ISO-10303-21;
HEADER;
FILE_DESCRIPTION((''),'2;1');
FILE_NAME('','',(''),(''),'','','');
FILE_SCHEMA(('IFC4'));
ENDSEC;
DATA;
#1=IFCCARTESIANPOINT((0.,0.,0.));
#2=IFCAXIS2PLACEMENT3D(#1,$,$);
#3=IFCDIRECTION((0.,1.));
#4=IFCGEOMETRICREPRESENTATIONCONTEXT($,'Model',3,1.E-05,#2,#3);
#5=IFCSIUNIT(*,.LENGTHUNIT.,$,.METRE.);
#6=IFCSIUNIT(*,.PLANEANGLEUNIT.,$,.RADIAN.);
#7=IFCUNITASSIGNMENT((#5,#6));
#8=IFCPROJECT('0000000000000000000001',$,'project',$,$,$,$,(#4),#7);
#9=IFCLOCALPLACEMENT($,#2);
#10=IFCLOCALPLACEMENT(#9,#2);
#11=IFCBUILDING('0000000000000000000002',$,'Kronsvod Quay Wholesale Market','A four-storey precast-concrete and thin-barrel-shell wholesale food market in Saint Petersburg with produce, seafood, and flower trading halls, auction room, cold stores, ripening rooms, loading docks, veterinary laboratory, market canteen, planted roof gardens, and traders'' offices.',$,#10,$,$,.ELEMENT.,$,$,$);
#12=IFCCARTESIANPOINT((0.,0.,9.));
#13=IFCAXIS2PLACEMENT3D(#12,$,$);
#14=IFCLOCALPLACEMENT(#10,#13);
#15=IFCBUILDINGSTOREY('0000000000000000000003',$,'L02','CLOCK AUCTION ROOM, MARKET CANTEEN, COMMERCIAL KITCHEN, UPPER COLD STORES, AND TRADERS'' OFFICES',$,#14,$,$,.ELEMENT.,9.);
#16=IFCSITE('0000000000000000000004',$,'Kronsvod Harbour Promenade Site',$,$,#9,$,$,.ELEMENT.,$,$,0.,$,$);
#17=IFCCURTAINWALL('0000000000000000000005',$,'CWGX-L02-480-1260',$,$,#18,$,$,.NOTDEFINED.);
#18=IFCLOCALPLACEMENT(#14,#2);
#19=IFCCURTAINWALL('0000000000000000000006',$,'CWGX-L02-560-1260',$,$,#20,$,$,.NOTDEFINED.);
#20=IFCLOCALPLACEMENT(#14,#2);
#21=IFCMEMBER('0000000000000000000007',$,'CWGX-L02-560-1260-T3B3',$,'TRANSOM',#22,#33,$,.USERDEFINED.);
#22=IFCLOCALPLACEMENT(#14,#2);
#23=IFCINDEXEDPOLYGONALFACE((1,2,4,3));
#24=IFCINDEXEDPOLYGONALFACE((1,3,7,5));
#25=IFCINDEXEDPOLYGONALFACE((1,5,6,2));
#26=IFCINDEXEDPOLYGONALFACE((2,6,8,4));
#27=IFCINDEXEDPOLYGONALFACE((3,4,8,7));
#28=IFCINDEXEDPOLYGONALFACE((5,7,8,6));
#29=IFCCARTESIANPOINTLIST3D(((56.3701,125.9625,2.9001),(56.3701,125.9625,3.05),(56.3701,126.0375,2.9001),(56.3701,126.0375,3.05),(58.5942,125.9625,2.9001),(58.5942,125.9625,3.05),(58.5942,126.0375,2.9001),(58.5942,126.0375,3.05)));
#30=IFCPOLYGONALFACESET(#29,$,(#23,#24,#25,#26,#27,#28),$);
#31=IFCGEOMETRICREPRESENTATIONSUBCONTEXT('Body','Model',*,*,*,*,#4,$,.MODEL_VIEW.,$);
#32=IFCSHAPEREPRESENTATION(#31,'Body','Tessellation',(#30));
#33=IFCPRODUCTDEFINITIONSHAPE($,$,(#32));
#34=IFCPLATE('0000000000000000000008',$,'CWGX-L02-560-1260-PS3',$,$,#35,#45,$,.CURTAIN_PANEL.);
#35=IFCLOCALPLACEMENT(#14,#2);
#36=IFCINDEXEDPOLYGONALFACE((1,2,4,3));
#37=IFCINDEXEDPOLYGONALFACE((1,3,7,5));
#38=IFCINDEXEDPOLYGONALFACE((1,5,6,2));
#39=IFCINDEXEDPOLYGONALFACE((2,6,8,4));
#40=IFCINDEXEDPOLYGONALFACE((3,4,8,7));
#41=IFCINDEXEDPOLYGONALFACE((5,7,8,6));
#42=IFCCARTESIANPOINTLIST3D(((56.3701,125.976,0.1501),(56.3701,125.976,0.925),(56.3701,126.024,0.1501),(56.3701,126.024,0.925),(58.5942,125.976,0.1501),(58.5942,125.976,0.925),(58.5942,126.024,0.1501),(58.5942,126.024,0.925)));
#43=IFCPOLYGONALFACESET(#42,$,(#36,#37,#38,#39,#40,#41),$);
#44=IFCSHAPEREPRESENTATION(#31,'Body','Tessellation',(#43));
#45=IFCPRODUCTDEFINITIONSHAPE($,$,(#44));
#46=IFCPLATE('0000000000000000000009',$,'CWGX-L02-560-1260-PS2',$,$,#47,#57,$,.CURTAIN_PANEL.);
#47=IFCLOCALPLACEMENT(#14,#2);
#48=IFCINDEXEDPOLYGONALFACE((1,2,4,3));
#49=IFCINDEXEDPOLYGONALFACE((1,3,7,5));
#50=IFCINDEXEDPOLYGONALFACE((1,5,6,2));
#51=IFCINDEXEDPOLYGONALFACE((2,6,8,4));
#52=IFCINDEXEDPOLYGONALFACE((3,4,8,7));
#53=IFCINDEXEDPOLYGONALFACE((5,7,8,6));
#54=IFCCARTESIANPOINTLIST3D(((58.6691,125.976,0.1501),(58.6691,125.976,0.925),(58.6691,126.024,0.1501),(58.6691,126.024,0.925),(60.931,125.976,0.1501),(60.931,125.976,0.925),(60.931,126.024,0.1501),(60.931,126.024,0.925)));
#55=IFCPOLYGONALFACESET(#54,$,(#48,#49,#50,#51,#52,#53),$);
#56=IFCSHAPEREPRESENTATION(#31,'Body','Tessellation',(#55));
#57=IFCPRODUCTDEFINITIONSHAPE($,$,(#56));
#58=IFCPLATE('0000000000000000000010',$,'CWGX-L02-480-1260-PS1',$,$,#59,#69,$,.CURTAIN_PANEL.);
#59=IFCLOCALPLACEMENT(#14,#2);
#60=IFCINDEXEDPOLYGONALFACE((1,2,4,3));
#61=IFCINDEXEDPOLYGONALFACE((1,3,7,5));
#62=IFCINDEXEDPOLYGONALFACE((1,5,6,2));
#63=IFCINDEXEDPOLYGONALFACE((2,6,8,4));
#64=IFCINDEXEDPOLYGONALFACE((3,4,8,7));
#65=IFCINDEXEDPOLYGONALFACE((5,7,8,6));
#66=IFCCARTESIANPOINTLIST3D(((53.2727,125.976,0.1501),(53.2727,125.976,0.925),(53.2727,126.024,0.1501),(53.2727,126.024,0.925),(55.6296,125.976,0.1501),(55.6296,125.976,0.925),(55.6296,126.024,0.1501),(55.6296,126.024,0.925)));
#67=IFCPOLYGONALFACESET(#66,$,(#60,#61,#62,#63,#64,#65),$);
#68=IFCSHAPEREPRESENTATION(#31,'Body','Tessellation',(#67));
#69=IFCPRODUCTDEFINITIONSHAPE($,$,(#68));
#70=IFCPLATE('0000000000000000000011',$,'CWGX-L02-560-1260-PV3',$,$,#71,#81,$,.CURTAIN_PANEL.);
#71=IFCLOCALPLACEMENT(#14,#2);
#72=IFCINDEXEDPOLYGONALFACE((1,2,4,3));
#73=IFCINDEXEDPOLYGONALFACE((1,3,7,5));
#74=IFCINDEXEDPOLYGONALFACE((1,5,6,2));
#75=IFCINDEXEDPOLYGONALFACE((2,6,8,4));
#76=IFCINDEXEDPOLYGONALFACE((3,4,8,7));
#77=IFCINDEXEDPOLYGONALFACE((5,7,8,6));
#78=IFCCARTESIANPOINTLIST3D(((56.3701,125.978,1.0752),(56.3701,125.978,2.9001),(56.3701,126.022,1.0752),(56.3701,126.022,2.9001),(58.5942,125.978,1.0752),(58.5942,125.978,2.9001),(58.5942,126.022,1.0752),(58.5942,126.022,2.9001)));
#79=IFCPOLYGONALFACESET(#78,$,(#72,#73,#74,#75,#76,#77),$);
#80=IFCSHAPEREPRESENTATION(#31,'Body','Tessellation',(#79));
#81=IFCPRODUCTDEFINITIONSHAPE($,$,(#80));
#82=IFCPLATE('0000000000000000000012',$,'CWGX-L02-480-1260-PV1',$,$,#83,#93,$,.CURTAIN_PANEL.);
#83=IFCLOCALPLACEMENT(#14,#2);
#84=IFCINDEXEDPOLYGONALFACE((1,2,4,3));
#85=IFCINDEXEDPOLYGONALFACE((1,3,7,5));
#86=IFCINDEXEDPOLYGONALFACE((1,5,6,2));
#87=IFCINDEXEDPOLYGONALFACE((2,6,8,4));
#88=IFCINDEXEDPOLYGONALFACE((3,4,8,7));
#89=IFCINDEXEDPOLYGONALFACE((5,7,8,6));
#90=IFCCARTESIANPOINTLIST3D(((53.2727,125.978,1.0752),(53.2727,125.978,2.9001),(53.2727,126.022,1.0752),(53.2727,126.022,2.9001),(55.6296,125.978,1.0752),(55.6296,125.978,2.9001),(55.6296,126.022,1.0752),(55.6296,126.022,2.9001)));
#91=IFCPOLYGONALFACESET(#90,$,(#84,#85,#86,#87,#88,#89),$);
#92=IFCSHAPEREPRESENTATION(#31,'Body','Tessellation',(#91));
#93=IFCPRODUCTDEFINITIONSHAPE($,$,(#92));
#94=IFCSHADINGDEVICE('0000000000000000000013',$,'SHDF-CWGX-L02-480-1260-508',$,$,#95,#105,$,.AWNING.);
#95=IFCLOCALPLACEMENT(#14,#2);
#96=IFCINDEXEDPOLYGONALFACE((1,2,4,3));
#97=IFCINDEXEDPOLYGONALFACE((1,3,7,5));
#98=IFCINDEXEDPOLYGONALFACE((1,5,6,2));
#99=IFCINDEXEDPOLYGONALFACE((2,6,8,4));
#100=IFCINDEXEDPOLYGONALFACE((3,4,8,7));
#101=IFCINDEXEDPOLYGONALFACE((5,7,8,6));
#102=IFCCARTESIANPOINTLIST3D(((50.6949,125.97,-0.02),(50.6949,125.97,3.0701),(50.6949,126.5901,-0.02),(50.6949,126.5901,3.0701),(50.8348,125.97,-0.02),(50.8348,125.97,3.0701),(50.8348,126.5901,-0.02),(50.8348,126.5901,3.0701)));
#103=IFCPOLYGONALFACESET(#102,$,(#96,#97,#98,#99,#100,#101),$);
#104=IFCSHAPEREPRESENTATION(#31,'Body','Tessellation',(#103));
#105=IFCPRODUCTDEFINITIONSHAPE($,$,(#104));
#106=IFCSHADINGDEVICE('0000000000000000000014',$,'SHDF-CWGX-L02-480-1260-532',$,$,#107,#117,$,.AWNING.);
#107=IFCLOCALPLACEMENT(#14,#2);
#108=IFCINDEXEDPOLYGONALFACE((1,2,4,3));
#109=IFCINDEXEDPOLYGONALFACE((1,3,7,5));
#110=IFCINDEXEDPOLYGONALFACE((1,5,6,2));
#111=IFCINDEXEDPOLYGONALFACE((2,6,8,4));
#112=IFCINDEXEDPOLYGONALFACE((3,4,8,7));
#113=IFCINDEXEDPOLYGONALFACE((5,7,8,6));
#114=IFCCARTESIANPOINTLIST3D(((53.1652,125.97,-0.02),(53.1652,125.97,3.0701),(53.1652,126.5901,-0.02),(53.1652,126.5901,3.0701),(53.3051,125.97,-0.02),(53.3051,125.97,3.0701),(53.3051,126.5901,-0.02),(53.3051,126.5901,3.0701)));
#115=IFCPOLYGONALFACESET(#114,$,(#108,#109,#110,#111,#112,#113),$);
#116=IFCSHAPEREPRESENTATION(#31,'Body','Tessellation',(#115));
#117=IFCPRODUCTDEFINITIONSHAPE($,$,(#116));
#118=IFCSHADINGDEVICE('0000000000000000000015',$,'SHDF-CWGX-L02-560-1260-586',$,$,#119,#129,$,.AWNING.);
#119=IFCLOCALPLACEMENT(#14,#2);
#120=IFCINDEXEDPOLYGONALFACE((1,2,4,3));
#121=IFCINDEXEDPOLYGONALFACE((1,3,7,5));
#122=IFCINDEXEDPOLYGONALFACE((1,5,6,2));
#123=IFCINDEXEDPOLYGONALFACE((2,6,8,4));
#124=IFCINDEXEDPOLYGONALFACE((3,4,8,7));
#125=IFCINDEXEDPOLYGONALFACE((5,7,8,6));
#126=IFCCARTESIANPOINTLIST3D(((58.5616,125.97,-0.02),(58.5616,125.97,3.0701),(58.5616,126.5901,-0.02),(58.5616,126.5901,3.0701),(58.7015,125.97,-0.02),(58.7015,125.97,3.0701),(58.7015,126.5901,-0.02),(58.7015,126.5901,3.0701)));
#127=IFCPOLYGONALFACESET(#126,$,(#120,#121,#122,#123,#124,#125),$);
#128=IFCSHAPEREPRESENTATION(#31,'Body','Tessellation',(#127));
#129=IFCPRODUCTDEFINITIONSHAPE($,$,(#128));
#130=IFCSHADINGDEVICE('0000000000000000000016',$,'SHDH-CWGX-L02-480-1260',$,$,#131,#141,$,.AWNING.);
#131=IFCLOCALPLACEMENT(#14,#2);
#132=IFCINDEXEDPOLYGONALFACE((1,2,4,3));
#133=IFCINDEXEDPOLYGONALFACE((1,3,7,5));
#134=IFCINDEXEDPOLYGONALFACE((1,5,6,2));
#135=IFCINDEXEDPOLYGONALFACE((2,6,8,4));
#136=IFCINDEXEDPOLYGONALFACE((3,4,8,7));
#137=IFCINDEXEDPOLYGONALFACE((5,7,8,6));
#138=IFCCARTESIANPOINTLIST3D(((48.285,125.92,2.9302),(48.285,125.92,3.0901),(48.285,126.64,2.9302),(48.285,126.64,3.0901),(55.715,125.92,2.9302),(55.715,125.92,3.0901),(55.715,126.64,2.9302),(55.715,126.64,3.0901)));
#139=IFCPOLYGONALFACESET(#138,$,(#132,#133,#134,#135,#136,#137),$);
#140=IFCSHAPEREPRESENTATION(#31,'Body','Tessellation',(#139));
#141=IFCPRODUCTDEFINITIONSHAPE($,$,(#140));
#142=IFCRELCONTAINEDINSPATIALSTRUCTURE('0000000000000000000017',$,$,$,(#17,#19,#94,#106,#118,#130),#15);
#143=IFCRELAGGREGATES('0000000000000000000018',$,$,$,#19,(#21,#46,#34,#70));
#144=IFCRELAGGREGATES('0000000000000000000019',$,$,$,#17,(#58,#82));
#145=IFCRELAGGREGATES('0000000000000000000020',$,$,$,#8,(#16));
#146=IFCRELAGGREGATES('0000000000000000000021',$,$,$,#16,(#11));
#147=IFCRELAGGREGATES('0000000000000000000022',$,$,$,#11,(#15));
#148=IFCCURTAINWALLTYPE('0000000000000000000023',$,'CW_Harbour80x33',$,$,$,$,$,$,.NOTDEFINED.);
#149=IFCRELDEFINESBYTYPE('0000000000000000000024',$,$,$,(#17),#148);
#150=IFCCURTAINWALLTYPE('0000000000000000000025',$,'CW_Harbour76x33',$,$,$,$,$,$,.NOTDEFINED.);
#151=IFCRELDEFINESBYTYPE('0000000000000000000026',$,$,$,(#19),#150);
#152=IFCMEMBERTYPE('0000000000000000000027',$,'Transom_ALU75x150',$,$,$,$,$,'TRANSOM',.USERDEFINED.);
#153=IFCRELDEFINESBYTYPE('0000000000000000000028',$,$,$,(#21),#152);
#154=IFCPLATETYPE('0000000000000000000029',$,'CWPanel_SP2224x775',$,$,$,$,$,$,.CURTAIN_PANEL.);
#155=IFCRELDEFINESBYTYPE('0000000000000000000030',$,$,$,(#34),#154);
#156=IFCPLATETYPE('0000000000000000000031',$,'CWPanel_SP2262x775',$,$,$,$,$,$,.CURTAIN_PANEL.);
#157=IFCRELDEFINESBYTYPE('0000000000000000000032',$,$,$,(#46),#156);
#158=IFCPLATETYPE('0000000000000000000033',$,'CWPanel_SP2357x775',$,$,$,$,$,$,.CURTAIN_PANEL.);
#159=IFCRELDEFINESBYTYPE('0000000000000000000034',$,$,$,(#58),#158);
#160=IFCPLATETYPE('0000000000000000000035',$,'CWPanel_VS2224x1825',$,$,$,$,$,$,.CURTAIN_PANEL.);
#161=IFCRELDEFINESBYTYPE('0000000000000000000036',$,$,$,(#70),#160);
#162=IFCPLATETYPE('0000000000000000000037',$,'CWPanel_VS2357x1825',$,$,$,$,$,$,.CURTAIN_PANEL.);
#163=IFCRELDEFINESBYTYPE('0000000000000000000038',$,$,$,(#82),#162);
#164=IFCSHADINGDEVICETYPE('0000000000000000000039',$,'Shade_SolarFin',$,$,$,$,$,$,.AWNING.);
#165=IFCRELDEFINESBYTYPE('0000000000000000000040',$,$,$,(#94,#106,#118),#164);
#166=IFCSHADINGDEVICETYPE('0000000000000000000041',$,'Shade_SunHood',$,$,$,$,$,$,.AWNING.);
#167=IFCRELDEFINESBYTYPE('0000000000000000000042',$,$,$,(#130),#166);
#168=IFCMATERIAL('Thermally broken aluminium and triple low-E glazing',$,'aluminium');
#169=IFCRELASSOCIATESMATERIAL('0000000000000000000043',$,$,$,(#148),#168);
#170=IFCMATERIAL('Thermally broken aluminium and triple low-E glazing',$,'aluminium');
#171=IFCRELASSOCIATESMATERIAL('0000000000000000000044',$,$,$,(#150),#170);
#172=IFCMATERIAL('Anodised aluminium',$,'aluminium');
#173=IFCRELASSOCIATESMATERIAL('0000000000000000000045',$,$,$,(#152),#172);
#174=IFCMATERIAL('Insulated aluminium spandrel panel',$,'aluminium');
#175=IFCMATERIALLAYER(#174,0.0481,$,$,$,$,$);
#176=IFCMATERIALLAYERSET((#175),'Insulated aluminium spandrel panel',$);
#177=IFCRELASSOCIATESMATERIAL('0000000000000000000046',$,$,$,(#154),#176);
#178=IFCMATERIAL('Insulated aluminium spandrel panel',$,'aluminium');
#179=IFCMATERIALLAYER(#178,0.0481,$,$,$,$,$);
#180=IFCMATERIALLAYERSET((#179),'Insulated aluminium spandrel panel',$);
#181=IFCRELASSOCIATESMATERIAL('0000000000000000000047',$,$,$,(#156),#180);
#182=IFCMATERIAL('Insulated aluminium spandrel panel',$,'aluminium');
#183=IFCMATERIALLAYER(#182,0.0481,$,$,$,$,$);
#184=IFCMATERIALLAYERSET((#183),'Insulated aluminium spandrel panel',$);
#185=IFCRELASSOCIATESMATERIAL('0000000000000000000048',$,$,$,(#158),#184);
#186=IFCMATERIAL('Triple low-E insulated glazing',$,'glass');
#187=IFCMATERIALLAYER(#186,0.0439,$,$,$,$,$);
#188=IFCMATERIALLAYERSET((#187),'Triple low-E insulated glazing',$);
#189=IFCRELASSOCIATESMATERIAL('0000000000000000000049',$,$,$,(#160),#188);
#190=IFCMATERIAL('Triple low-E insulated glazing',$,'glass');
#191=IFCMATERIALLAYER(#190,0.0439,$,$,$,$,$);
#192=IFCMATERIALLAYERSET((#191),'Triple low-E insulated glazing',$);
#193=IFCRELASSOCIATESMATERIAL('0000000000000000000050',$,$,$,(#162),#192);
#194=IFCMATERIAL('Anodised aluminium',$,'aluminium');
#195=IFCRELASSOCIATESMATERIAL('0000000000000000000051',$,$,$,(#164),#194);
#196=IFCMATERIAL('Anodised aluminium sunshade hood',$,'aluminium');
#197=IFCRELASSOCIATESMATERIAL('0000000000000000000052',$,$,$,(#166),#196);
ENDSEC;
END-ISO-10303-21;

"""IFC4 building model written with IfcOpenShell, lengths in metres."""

from ifc_helpers import new_model, si_unit, direction, frame, origin, origin_2d, place, context, subcontext, project, spatial, rectangle, extrude, material, layer, layer_set, material_profile, profile_set, type_object, element, aggregate, save


model = new_model("IFC4")

# Units and contexts
model_context = context("Model", 3, precision=1e-05, world=origin(), true_north=direction((0.0, 1.0)))
body_context = subcontext(model_context, "Body", "Model", "MODEL_VIEW")
ifc_project = project(units=[si_unit("LENGTHUNIT", "METRE"), si_unit("PLANEANGLEUNIT", "RADIAN")], contexts=[model_context])

# Site, building, storey
site_placement = place(None, origin())
site = spatial("IfcSite", under=ifc_project, at=site_placement, Name="Kronsvod Harbour Promenade Site", CompositionType="ELEMENT", RefElevation=0.0)
building_placement = place(site_placement, origin())
building = spatial("IfcBuilding", under=site, at=building_placement, Name="Kronsvod Quay Wholesale Market", Description="A four-storey precast-concrete and thin-barrel-shell wholesale food market in Saint Petersburg with produce, seafood, and flower trading halls, auction room, cold stores, ripening rooms, loading docks, veterinary laboratory, market canteen, planted roof gardens, and traders' offices.", CompositionType="ELEMENT")
storey_placement = place(building_placement, frame((0.0, 0.0, 9.0)))
storey = spatial("IfcBuildingStorey", under=building, at=storey_placement, Name="L02", Description="CLOCK AUCTION ROOM, MARKET CANTEEN, COMMERCIAL KITCHEN, UPPER COLD STORES, AND TRADERS' OFFICES", CompositionType="ELEMENT", Elevation=9.0)

# Curtain walls
ifc_material_1 = material(Name="Thermally broken aluminium and triple low-E glazing", Category="aluminium")
curtain_wall_type_1 = type_object("IfcCurtainWallType", Name="CW_Harbour80x33", PredefinedType="NOTDEFINED", material=ifc_material_1)
curtain_wall_1_placement = place(storey_placement, origin())
curtain_wall_1 = element("IfcCurtainWall", 1, at=curtain_wall_1_placement, inside=storey, type_object=curtain_wall_type_1, Name="CWGX-L02-480-1260", PredefinedType="NOTDEFINED")
ifc_material_2 = material(Name="Thermally broken aluminium and triple low-E glazing", Category="aluminium")
curtain_wall_type_2 = type_object("IfcCurtainWallType", Name="CW_Harbour76x33", PredefinedType="NOTDEFINED", material=ifc_material_2)
curtain_wall_2_placement = place(storey_placement, origin())
curtain_wall_2 = element("IfcCurtainWall", 2, at=curtain_wall_2_placement, inside=storey, type_object=curtain_wall_type_2, Name="CWGX-L02-560-1260", PredefinedType="NOTDEFINED")

# Member
ifc_material_3 = material(Name="Anodised aluminium", Category="aluminium")
ifc_material_profile_1 = material_profile(ifc_material_3, rectangle(XDim=0.075, YDim=0.1499, at=origin_2d()), Name="ALUT75x150")
ifc_profile_set_1 = profile_set([ifc_material_profile_1], Name="Anodised aluminium")
member_type_1 = type_object("IfcMemberType", Name="Transom_ALU75x150", ElementType="TRANSOM", PredefinedType="USERDEFINED", material=ifc_profile_set_1)
member_1_placement = place(storey_placement, frame((58.5942, 126.0, 2.9751), z_axis=(-1.0, 0.0, 0.0), x_axis=(0.0, -1.0, 0.0)))
member_1 = element("IfcMember", 3, at=member_1_placement, type_object=member_type_1, Name="CWGX-L02-560-1260-T3B3", ObjectType="TRANSOM", PredefinedType="USERDEFINED", context=body_context, shape_type="SweptSolid", body=[
    extrude(rectangle(XDim=0.075, YDim=0.1499, at=origin_2d()), origin(), (0.0, 0.0, 1.0), 2.2241),
])

# Plates
ifc_material_4 = material(Name="Insulated aluminium spandrel panel", Category="aluminium")
ifc_layer_1 = layer(ifc_material_4, 0.0481)
ifc_layer_set_1 = layer_set([ifc_layer_1], Name="Insulated aluminium spandrel panel")
plate_type_1 = type_object("IfcPlateType", Name="CWPanel_SP2224x775", PredefinedType="CURTAIN_PANEL", material=ifc_layer_set_1)
plate_1_placement = place(storey_placement, frame((57.4822, 126.0, 0.1501), z_axis=(0.0, 0.0, 1.0), x_axis=(-1.0, 0.0, 0.0)))
plate_1 = element("IfcPlate", 4, at=plate_1_placement, type_object=plate_type_1, Name="CWGX-L02-560-1260-PS3", PredefinedType="CURTAIN_PANEL", context=body_context, shape_type="SweptSolid", body=[
    extrude(rectangle(XDim=2.2241, YDim=0.0481, at=origin_2d()), origin(), (0.0, 0.0, 1.0), 0.7749),
])
ifc_material_5 = material(Name="Insulated aluminium spandrel panel", Category="aluminium")
ifc_layer_2 = layer(ifc_material_5, 0.0481)
ifc_layer_set_2 = layer_set([ifc_layer_2], Name="Insulated aluminium spandrel panel")
plate_type_2 = type_object("IfcPlateType", Name="CWPanel_SP2262x775", PredefinedType="CURTAIN_PANEL", material=ifc_layer_set_2)
plate_2_placement = place(storey_placement, frame((59.8, 126.0, 0.1501), z_axis=(0.0, 0.0, 1.0), x_axis=(-1.0, 0.0, 0.0)))
plate_2 = element("IfcPlate", 5, at=plate_2_placement, type_object=plate_type_2, Name="CWGX-L02-560-1260-PS2", PredefinedType="CURTAIN_PANEL", context=body_context, shape_type="SweptSolid", body=[
    extrude(rectangle(XDim=2.262, YDim=0.0481, at=origin_2d()), origin(), (0.0, 0.0, 1.0), 0.7749),
])
ifc_material_6 = material(Name="Insulated aluminium spandrel panel", Category="aluminium")
ifc_layer_3 = layer(ifc_material_6, 0.0481)
ifc_layer_set_3 = layer_set([ifc_layer_3], Name="Insulated aluminium spandrel panel")
plate_type_3 = type_object("IfcPlateType", Name="CWPanel_SP2357x775", PredefinedType="CURTAIN_PANEL", material=ifc_layer_set_3)
plate_3_placement = place(storey_placement, frame((54.4512, 126.0, 0.1501), z_axis=(0.0, 0.0, 1.0), x_axis=(-1.0, 0.0, 0.0)))
plate_3 = element("IfcPlate", 6, at=plate_3_placement, type_object=plate_type_3, Name="CWGX-L02-480-1260-PS1", PredefinedType="CURTAIN_PANEL", context=body_context, shape_type="SweptSolid", body=[
    extrude(rectangle(XDim=2.3569, YDim=0.0481, at=origin_2d()), origin(), (0.0, 0.0, 1.0), 0.7749),
])
ifc_material_7 = material(Name="Triple low-E insulated glazing", Category="glass")
ifc_layer_4 = layer(ifc_material_7, 0.0439)
ifc_layer_set_4 = layer_set([ifc_layer_4], Name="Triple low-E insulated glazing")
plate_type_4 = type_object("IfcPlateType", Name="CWPanel_VS2224x1825", PredefinedType="CURTAIN_PANEL", material=ifc_layer_set_4)
plate_4_placement = place(storey_placement, frame((57.4822, 126.0, 1.0752), z_axis=(0.0, 0.0, 1.0), x_axis=(-1.0, 0.0, 0.0)))
plate_4 = element("IfcPlate", 7, at=plate_4_placement, type_object=plate_type_4, Name="CWGX-L02-560-1260-PV3", PredefinedType="CURTAIN_PANEL", context=body_context, shape_type="SweptSolid", body=[
    extrude(rectangle(XDim=2.2241, YDim=0.0439, at=origin_2d()), origin(), (0.0, 0.0, 1.0), 1.825),
])
aggregate(curtain_wall_2, [member_1, plate_2, plate_1, plate_4])
ifc_material_8 = material(Name="Triple low-E insulated glazing", Category="glass")
ifc_layer_5 = layer(ifc_material_8, 0.0439)
ifc_layer_set_5 = layer_set([ifc_layer_5], Name="Triple low-E insulated glazing")
plate_type_5 = type_object("IfcPlateType", Name="CWPanel_VS2357x1825", PredefinedType="CURTAIN_PANEL", material=ifc_layer_set_5)
plate_5_placement = place(storey_placement, frame((54.4512, 126.0, 1.0752), z_axis=(0.0, 0.0, 1.0), x_axis=(-1.0, 0.0, 0.0)))
plate_5 = element("IfcPlate", 8, at=plate_5_placement, type_object=plate_type_5, Name="CWGX-L02-480-1260-PV1", PredefinedType="CURTAIN_PANEL", context=body_context, shape_type="SweptSolid", body=[
    extrude(rectangle(XDim=2.3569, YDim=0.0439, at=origin_2d()), origin(), (0.0, 0.0, 1.0), 1.825),
])
aggregate(curtain_wall_1, [plate_3, plate_5])

# Shading devices
ifc_material_9 = material(Name="Anodised aluminium", Category="aluminium")
shading_device_type_1 = type_object("IfcShadingDeviceType", Name="Shade_SolarFin", PredefinedType="AWNING", material=ifc_material_9)
for number, where, z_axis, x_axis, name in (
    (9, (50.7649, 126.28, -0.02), (0.0, 0.0, 1.0), (1.0, 0.0, 0.0), "SHDF-CWGX-L02-480-1260-508"),
    (10, (53.2351, 126.28, -0.02), (0.0, 0.0, 1.0), (1.0, 0.0, 0.0), "SHDF-CWGX-L02-480-1260-532"),
    (11, (58.6316, 126.28, -0.02), (0.0, 0.0, 1.0), (1.0, 0.0, 0.0), "SHDF-CWGX-L02-560-1260-586"),
):
    element("IfcShadingDevice", number, at=place(storey_placement, frame(where, z_axis=z_axis, x_axis=x_axis)), inside=storey, type_object=shading_device_type_1, Name=name, PredefinedType="AWNING", context=body_context, shape_type="SweptSolid", body=[
        extrude(rectangle(XDim=0.1399, YDim=0.6201, at=origin_2d()), origin(), (0.0, 0.0, 1.0), 3.0901),
    ])
ifc_material_10 = material(Name="Anodised aluminium sunshade hood", Category="aluminium")
shading_device_type_2 = type_object("IfcShadingDeviceType", Name="Shade_SunHood", PredefinedType="AWNING", material=ifc_material_10)
shading_device_placement = place(storey_placement, frame((52.0, 126.28, 2.9302), z_axis=(0.0, 0.0, 1.0), x_axis=(1.0, 0.0, 0.0)))
element("IfcShadingDevice", 12, at=shading_device_placement, inside=storey, type_object=shading_device_type_2, Name="SHDH-CWGX-L02-480-1260", PredefinedType="AWNING", context=body_context, shape_type="SweptSolid", body=[
    extrude(rectangle(XDim=7.4299, YDim=0.72, at=origin_2d()), origin(), (0.0, 0.0, 1.0), 0.1599),
])

save(model, "model.ifc")
